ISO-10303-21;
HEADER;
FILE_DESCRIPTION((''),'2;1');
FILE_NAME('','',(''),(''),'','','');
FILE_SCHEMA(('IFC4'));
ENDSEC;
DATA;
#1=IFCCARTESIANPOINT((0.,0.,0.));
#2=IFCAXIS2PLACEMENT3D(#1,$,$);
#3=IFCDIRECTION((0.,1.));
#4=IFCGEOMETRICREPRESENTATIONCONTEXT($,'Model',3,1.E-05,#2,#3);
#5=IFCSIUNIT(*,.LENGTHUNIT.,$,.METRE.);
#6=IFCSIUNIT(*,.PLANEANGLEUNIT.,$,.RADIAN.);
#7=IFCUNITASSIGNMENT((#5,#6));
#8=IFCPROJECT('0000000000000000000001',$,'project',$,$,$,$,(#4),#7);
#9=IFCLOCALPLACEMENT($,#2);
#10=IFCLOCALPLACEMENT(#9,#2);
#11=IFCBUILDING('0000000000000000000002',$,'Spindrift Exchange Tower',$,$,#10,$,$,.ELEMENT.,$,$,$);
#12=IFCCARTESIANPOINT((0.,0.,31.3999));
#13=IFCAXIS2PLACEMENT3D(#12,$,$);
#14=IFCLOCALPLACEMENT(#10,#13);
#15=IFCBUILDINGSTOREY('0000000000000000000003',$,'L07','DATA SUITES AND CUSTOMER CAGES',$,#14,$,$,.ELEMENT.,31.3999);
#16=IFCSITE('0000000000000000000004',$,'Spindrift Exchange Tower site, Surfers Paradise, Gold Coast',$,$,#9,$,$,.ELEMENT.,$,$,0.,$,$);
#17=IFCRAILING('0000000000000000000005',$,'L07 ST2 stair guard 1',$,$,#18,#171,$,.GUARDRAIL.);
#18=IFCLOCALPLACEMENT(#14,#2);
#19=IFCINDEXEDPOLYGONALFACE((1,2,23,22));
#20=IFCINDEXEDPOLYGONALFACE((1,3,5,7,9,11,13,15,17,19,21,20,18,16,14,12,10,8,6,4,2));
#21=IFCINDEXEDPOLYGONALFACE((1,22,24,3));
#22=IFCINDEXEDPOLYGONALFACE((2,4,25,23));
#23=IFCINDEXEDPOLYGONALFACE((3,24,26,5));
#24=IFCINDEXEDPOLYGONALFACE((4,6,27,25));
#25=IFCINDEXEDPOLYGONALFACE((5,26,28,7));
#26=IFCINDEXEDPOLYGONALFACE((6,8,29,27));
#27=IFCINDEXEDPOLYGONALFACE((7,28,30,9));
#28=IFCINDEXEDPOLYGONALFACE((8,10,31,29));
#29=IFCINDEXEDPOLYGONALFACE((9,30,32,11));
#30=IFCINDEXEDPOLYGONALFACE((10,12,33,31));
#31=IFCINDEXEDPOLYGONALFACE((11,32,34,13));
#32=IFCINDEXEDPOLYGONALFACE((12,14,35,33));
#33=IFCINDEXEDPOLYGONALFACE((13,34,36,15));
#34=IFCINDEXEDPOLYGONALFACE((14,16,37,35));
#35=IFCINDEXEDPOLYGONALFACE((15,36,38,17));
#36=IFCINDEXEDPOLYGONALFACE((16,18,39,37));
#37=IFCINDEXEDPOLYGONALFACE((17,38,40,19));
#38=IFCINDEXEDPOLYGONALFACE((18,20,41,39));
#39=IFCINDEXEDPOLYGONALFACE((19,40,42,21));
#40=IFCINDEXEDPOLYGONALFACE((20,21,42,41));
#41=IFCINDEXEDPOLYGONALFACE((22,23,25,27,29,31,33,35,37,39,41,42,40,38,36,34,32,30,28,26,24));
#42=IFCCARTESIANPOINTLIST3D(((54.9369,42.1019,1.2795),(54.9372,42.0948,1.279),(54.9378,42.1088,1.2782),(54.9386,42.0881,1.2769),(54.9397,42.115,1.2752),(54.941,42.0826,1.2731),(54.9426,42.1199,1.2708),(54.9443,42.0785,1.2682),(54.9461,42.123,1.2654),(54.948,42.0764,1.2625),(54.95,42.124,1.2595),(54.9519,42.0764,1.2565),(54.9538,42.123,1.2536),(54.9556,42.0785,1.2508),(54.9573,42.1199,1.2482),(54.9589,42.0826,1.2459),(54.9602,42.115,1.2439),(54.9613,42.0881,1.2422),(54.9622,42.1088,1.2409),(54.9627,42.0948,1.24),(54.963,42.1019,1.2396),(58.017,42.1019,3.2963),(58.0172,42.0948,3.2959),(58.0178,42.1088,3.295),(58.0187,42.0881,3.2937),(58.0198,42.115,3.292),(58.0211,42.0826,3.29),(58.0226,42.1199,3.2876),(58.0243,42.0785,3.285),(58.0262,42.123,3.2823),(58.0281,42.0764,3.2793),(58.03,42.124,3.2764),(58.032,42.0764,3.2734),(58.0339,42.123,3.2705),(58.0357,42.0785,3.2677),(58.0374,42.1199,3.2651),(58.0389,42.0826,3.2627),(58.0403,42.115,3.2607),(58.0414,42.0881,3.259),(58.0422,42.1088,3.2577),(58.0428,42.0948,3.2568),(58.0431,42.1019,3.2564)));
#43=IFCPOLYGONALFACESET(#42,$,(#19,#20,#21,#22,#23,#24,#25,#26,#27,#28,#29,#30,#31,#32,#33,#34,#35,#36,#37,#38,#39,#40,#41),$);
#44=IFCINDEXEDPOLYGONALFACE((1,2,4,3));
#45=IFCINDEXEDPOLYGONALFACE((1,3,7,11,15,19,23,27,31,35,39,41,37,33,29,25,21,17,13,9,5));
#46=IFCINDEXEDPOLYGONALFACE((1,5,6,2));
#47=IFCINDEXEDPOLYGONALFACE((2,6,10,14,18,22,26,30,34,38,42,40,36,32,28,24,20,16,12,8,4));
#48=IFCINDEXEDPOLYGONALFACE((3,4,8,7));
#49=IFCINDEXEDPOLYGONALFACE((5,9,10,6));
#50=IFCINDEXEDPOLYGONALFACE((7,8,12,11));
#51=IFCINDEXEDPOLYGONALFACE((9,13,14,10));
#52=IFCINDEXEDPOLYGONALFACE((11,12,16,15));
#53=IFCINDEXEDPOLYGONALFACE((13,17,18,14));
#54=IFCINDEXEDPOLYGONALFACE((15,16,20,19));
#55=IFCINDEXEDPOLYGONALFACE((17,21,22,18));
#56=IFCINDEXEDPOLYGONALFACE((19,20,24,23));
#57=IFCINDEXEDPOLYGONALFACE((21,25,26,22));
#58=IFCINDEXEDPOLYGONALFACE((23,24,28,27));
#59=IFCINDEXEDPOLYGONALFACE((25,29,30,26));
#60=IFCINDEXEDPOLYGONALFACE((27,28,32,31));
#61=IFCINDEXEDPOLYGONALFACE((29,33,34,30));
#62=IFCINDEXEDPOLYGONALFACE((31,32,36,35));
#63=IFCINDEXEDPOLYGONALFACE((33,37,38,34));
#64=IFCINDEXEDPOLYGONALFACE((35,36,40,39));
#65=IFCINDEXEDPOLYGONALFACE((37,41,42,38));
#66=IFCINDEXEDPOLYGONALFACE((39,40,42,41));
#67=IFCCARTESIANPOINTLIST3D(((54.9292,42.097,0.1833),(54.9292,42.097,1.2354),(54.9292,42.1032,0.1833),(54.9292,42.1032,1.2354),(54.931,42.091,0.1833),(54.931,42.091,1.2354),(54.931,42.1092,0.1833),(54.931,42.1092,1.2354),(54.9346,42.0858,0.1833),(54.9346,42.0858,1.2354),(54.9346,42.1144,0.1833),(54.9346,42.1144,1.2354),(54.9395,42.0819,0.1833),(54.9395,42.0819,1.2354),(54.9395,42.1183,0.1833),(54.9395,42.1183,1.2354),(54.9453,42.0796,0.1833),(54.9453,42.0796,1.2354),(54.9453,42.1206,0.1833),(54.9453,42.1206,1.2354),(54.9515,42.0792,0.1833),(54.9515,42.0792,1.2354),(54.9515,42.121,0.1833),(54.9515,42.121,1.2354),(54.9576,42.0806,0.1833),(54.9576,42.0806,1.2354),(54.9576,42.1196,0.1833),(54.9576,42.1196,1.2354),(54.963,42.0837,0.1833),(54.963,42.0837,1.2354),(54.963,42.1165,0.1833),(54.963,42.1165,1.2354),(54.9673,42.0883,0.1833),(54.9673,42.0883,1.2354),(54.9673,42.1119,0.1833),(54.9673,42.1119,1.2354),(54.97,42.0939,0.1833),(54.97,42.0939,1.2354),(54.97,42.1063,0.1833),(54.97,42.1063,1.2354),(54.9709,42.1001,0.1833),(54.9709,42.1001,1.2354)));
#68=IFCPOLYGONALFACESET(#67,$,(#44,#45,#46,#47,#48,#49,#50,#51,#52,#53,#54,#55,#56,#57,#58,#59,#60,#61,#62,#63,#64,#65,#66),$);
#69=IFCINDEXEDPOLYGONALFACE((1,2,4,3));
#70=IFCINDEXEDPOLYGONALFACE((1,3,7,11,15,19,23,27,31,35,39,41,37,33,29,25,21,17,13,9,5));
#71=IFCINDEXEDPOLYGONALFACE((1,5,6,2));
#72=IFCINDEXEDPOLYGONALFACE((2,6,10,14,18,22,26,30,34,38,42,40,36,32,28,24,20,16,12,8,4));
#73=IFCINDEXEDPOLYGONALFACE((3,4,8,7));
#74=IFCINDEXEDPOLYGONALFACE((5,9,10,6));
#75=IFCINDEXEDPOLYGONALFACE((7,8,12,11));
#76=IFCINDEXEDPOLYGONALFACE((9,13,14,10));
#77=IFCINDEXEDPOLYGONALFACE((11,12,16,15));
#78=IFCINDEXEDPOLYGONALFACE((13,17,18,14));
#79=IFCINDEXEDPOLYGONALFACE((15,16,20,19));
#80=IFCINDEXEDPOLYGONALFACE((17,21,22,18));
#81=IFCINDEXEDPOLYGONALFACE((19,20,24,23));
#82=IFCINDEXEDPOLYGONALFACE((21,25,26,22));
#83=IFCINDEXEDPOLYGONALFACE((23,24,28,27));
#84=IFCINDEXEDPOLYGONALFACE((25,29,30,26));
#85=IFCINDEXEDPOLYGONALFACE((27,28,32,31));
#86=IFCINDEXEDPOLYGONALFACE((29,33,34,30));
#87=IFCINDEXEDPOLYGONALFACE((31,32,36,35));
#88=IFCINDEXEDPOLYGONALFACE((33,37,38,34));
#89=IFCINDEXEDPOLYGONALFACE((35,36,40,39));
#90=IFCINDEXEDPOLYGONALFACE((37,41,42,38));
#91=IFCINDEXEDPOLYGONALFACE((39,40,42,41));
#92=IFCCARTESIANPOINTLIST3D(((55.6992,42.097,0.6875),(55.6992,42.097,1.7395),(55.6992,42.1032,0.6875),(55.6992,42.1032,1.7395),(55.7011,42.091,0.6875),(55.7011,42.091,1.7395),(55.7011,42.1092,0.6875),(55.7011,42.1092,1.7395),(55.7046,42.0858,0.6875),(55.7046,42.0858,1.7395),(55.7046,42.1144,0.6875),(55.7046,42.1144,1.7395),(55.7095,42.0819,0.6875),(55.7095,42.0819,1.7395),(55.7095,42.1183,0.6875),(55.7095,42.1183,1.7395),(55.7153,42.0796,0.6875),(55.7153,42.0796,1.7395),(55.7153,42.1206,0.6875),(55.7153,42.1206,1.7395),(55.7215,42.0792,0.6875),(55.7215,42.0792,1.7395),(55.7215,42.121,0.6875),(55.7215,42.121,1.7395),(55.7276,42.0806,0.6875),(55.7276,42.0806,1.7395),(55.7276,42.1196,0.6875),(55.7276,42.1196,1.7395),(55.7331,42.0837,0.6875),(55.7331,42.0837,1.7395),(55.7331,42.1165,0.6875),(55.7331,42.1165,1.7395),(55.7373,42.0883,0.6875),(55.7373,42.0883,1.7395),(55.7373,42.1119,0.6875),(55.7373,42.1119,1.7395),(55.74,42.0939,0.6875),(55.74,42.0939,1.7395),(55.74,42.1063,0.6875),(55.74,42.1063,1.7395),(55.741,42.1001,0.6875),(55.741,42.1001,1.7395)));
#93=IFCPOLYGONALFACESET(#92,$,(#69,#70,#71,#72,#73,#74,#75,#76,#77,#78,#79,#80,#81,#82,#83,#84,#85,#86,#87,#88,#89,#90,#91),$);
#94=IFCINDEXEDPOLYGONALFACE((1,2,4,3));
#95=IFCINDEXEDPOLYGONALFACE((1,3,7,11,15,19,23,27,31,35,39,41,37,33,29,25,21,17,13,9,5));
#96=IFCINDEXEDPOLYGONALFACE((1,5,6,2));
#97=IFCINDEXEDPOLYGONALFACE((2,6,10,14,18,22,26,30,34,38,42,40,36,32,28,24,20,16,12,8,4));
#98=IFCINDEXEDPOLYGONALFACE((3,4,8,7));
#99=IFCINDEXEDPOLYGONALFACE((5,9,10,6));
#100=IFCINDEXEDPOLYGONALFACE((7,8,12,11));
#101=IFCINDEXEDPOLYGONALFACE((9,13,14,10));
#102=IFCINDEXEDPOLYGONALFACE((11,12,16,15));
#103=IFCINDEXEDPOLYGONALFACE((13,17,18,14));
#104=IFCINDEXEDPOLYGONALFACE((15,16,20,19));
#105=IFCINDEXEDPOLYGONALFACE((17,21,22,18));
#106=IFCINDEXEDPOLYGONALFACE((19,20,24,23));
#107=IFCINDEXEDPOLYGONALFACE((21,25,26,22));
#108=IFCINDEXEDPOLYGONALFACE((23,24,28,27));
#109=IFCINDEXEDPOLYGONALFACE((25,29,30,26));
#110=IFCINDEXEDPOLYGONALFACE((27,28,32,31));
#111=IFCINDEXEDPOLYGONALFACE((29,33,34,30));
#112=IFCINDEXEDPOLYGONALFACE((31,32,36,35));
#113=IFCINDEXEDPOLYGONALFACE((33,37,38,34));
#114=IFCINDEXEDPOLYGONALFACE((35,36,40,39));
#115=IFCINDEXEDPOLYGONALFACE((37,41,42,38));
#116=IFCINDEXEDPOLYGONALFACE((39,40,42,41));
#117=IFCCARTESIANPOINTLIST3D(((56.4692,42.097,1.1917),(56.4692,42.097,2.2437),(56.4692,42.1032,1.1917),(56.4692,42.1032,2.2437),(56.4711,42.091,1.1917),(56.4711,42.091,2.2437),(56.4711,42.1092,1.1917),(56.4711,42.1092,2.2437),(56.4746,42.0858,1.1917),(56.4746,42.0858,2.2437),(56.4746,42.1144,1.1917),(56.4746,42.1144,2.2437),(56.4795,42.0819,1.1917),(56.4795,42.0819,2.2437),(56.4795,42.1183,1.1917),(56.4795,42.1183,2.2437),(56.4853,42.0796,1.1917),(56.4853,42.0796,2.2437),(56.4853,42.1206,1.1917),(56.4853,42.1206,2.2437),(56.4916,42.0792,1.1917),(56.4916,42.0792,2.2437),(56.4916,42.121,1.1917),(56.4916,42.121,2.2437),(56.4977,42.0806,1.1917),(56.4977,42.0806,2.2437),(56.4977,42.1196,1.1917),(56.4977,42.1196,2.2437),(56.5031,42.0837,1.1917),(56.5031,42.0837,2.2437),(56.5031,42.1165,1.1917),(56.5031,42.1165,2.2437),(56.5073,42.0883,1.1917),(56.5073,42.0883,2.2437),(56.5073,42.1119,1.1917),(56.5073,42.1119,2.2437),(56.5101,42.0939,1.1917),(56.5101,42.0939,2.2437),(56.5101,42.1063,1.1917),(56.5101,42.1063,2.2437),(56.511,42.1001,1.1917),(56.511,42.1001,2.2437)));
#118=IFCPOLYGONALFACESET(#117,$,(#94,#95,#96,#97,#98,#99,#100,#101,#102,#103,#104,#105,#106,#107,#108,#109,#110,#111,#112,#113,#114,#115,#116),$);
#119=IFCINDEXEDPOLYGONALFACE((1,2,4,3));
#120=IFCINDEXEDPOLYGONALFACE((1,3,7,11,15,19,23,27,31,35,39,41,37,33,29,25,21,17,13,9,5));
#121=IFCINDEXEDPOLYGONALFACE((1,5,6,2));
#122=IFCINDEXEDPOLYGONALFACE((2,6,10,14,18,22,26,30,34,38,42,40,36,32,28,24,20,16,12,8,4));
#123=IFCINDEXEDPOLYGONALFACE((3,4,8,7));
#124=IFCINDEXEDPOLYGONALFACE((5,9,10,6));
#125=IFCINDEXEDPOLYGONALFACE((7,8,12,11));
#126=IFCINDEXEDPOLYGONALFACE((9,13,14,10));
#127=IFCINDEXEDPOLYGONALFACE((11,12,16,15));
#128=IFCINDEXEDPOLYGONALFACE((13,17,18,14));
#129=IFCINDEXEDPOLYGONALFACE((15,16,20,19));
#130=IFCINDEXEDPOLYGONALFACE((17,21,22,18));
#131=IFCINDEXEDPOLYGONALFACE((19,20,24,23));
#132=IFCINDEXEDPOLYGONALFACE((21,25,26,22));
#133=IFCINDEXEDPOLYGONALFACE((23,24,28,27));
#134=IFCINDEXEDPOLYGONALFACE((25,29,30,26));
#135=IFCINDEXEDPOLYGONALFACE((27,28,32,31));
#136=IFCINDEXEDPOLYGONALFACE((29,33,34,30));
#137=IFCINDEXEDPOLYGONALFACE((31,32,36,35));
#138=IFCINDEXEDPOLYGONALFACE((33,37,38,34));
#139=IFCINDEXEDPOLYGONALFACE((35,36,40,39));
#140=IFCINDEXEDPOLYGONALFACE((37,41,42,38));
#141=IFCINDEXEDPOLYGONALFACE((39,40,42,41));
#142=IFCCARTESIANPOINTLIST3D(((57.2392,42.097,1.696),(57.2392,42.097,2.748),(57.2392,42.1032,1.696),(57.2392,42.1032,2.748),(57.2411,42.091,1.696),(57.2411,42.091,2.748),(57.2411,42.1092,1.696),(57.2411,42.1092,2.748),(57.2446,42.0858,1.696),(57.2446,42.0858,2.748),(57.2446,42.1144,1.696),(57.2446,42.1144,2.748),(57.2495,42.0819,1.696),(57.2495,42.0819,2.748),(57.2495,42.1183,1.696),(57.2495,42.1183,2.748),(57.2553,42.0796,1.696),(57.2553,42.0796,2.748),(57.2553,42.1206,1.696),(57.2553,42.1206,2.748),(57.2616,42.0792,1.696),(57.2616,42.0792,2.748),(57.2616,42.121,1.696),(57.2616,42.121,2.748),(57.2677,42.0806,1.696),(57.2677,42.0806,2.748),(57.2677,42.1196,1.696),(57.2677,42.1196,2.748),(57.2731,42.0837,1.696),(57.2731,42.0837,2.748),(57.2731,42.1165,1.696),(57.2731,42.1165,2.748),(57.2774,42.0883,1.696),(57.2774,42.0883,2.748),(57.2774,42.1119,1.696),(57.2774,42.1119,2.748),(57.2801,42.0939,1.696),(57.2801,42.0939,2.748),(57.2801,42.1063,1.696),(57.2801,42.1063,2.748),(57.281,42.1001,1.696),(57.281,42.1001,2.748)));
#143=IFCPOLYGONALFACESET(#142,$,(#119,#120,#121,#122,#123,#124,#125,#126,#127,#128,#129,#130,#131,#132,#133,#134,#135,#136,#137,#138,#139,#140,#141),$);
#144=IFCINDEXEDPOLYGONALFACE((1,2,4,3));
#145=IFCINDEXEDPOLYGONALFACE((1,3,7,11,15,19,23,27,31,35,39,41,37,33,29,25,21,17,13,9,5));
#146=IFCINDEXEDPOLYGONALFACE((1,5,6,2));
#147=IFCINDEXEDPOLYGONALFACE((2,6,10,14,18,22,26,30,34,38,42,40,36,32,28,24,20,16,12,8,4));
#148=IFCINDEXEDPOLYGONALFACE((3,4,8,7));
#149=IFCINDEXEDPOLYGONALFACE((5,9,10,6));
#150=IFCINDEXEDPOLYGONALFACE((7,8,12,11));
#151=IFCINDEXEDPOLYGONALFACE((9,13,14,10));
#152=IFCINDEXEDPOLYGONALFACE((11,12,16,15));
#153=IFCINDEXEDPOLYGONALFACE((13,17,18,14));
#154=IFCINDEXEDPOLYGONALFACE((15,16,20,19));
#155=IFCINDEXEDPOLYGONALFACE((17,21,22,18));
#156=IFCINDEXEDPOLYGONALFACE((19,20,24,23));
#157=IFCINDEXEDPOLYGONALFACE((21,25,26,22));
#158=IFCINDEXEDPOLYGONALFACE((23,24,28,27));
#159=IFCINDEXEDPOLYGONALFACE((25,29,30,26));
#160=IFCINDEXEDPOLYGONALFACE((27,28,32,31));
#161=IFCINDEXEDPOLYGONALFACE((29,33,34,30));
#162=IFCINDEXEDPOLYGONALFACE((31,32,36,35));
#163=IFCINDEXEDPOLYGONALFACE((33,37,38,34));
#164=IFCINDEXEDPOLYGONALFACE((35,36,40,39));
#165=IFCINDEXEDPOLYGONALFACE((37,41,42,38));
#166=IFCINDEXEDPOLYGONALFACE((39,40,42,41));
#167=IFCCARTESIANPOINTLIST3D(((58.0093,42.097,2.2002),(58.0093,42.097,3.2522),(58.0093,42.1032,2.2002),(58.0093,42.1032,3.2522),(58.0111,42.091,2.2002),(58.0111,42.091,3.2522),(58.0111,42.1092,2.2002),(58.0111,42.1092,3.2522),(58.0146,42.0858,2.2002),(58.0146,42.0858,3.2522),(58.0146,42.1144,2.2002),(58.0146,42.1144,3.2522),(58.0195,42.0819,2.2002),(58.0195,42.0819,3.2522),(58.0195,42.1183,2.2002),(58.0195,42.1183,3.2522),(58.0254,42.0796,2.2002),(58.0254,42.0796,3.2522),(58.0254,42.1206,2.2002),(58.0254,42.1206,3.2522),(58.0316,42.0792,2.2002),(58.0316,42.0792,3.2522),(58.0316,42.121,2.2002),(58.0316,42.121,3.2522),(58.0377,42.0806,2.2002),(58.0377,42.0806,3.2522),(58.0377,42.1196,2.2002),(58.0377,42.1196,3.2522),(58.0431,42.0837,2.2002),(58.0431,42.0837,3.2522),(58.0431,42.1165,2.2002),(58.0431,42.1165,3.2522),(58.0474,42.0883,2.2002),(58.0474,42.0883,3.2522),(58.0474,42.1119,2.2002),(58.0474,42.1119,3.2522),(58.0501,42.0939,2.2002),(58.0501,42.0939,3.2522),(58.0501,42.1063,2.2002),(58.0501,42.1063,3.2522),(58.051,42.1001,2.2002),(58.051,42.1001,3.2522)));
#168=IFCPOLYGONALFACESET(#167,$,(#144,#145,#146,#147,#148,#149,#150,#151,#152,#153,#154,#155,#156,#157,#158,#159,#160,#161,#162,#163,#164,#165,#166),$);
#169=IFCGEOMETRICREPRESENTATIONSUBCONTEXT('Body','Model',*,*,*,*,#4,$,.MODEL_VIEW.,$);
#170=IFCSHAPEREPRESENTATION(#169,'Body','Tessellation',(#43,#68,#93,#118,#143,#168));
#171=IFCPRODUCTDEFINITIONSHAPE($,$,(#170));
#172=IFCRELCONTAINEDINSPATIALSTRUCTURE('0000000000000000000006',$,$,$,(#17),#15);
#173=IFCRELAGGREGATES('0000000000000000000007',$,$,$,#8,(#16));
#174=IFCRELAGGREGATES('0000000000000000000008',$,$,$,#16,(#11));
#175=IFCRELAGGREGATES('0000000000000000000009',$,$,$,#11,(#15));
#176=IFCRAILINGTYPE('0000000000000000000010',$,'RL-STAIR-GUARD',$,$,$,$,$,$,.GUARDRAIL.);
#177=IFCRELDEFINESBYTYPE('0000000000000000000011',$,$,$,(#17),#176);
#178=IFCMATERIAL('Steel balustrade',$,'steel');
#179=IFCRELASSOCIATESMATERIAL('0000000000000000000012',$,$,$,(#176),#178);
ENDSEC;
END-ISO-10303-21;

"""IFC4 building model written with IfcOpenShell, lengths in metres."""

from ifc_helpers import new_model, si_unit, direction, frame, origin, origin_2d, place, context, subcontext, project, spatial, circle, extrude, material, type_object, element, save


model = new_model("IFC4")

# Units and contexts
model_context = context("Model", 3, precision=1e-05, world=origin(), true_north=direction((0.0, 1.0)))
body_context = subcontext(model_context, "Body", "Model", "MODEL_VIEW")
ifc_project = project(units=[si_unit("LENGTHUNIT", "METRE"), si_unit("PLANEANGLEUNIT", "RADIAN")], contexts=[model_context])

# Site, building, storey
site_placement = place(None, origin())
site = spatial("IfcSite", under=ifc_project, at=site_placement, Name="Spindrift Exchange Tower site, Surfers Paradise, Gold Coast", CompositionType="ELEMENT", RefElevation=0.0)
building_placement = place(site_placement, origin())
building = spatial("IfcBuilding", under=site, at=building_placement, Name="Spindrift Exchange Tower", CompositionType="ELEMENT")
storey_placement = place(building_placement, frame((0.0, 0.0, 31.3999)))
storey = spatial("IfcBuildingStorey", under=building, at=storey_placement, Name="L07", Description="DATA SUITES AND CUSTOMER CAGES", CompositionType="ELEMENT", Elevation=31.3999)

# Railing
ifc_material_1 = material(Name="Steel balustrade", Category="steel")
railing_type_1 = type_object("IfcRailingType", Name="RL-STAIR-GUARD", PredefinedType="GUARDRAIL", material=ifc_material_1)
railing_1_placement = place(storey_placement, frame((54.95, 42.1001, 0.1833)))
element("IfcRailing", 1, at=railing_1_placement, inside=storey, type_object=railing_type_1, Name="L07 ST2 stair guard 1", PredefinedType="GUARDRAIL", context=body_context, shape_type="SweptSolid", body=[
    extrude(circle(Radius=0.0239, at=origin_2d()), frame((0.0, 0.0, 1.0762), z_axis=(0.836603, 0.0, 0.54781), x_axis=(0.0, 1.0, 0.0)), (0.0, 0.0, 1.0), 3.6816),
    extrude(circle(Radius=0.021, at=origin_2d()), origin(), (0.0, 0.0, 1.0), 1.052),
    extrude(circle(Radius=0.021, at=origin_2d()), frame((0.77, 0.0, 0.5042)), (0.0, 0.0, 1.0), 1.052),
    extrude(circle(Radius=0.021, at=origin_2d()), frame((1.54, 0.0, 1.0083)), (0.0, 0.0, 1.0), 1.052),
    extrude(circle(Radius=0.021, at=origin_2d()), frame((2.3101, 0.0, 1.5127)), (0.0, 0.0, 1.0), 1.052),
    extrude(circle(Radius=0.021, at=origin_2d()), frame((3.0801, 0.0, 2.0168)), (0.0, 0.0, 1.0), 1.052),
])

save(model, "model.ifc")
